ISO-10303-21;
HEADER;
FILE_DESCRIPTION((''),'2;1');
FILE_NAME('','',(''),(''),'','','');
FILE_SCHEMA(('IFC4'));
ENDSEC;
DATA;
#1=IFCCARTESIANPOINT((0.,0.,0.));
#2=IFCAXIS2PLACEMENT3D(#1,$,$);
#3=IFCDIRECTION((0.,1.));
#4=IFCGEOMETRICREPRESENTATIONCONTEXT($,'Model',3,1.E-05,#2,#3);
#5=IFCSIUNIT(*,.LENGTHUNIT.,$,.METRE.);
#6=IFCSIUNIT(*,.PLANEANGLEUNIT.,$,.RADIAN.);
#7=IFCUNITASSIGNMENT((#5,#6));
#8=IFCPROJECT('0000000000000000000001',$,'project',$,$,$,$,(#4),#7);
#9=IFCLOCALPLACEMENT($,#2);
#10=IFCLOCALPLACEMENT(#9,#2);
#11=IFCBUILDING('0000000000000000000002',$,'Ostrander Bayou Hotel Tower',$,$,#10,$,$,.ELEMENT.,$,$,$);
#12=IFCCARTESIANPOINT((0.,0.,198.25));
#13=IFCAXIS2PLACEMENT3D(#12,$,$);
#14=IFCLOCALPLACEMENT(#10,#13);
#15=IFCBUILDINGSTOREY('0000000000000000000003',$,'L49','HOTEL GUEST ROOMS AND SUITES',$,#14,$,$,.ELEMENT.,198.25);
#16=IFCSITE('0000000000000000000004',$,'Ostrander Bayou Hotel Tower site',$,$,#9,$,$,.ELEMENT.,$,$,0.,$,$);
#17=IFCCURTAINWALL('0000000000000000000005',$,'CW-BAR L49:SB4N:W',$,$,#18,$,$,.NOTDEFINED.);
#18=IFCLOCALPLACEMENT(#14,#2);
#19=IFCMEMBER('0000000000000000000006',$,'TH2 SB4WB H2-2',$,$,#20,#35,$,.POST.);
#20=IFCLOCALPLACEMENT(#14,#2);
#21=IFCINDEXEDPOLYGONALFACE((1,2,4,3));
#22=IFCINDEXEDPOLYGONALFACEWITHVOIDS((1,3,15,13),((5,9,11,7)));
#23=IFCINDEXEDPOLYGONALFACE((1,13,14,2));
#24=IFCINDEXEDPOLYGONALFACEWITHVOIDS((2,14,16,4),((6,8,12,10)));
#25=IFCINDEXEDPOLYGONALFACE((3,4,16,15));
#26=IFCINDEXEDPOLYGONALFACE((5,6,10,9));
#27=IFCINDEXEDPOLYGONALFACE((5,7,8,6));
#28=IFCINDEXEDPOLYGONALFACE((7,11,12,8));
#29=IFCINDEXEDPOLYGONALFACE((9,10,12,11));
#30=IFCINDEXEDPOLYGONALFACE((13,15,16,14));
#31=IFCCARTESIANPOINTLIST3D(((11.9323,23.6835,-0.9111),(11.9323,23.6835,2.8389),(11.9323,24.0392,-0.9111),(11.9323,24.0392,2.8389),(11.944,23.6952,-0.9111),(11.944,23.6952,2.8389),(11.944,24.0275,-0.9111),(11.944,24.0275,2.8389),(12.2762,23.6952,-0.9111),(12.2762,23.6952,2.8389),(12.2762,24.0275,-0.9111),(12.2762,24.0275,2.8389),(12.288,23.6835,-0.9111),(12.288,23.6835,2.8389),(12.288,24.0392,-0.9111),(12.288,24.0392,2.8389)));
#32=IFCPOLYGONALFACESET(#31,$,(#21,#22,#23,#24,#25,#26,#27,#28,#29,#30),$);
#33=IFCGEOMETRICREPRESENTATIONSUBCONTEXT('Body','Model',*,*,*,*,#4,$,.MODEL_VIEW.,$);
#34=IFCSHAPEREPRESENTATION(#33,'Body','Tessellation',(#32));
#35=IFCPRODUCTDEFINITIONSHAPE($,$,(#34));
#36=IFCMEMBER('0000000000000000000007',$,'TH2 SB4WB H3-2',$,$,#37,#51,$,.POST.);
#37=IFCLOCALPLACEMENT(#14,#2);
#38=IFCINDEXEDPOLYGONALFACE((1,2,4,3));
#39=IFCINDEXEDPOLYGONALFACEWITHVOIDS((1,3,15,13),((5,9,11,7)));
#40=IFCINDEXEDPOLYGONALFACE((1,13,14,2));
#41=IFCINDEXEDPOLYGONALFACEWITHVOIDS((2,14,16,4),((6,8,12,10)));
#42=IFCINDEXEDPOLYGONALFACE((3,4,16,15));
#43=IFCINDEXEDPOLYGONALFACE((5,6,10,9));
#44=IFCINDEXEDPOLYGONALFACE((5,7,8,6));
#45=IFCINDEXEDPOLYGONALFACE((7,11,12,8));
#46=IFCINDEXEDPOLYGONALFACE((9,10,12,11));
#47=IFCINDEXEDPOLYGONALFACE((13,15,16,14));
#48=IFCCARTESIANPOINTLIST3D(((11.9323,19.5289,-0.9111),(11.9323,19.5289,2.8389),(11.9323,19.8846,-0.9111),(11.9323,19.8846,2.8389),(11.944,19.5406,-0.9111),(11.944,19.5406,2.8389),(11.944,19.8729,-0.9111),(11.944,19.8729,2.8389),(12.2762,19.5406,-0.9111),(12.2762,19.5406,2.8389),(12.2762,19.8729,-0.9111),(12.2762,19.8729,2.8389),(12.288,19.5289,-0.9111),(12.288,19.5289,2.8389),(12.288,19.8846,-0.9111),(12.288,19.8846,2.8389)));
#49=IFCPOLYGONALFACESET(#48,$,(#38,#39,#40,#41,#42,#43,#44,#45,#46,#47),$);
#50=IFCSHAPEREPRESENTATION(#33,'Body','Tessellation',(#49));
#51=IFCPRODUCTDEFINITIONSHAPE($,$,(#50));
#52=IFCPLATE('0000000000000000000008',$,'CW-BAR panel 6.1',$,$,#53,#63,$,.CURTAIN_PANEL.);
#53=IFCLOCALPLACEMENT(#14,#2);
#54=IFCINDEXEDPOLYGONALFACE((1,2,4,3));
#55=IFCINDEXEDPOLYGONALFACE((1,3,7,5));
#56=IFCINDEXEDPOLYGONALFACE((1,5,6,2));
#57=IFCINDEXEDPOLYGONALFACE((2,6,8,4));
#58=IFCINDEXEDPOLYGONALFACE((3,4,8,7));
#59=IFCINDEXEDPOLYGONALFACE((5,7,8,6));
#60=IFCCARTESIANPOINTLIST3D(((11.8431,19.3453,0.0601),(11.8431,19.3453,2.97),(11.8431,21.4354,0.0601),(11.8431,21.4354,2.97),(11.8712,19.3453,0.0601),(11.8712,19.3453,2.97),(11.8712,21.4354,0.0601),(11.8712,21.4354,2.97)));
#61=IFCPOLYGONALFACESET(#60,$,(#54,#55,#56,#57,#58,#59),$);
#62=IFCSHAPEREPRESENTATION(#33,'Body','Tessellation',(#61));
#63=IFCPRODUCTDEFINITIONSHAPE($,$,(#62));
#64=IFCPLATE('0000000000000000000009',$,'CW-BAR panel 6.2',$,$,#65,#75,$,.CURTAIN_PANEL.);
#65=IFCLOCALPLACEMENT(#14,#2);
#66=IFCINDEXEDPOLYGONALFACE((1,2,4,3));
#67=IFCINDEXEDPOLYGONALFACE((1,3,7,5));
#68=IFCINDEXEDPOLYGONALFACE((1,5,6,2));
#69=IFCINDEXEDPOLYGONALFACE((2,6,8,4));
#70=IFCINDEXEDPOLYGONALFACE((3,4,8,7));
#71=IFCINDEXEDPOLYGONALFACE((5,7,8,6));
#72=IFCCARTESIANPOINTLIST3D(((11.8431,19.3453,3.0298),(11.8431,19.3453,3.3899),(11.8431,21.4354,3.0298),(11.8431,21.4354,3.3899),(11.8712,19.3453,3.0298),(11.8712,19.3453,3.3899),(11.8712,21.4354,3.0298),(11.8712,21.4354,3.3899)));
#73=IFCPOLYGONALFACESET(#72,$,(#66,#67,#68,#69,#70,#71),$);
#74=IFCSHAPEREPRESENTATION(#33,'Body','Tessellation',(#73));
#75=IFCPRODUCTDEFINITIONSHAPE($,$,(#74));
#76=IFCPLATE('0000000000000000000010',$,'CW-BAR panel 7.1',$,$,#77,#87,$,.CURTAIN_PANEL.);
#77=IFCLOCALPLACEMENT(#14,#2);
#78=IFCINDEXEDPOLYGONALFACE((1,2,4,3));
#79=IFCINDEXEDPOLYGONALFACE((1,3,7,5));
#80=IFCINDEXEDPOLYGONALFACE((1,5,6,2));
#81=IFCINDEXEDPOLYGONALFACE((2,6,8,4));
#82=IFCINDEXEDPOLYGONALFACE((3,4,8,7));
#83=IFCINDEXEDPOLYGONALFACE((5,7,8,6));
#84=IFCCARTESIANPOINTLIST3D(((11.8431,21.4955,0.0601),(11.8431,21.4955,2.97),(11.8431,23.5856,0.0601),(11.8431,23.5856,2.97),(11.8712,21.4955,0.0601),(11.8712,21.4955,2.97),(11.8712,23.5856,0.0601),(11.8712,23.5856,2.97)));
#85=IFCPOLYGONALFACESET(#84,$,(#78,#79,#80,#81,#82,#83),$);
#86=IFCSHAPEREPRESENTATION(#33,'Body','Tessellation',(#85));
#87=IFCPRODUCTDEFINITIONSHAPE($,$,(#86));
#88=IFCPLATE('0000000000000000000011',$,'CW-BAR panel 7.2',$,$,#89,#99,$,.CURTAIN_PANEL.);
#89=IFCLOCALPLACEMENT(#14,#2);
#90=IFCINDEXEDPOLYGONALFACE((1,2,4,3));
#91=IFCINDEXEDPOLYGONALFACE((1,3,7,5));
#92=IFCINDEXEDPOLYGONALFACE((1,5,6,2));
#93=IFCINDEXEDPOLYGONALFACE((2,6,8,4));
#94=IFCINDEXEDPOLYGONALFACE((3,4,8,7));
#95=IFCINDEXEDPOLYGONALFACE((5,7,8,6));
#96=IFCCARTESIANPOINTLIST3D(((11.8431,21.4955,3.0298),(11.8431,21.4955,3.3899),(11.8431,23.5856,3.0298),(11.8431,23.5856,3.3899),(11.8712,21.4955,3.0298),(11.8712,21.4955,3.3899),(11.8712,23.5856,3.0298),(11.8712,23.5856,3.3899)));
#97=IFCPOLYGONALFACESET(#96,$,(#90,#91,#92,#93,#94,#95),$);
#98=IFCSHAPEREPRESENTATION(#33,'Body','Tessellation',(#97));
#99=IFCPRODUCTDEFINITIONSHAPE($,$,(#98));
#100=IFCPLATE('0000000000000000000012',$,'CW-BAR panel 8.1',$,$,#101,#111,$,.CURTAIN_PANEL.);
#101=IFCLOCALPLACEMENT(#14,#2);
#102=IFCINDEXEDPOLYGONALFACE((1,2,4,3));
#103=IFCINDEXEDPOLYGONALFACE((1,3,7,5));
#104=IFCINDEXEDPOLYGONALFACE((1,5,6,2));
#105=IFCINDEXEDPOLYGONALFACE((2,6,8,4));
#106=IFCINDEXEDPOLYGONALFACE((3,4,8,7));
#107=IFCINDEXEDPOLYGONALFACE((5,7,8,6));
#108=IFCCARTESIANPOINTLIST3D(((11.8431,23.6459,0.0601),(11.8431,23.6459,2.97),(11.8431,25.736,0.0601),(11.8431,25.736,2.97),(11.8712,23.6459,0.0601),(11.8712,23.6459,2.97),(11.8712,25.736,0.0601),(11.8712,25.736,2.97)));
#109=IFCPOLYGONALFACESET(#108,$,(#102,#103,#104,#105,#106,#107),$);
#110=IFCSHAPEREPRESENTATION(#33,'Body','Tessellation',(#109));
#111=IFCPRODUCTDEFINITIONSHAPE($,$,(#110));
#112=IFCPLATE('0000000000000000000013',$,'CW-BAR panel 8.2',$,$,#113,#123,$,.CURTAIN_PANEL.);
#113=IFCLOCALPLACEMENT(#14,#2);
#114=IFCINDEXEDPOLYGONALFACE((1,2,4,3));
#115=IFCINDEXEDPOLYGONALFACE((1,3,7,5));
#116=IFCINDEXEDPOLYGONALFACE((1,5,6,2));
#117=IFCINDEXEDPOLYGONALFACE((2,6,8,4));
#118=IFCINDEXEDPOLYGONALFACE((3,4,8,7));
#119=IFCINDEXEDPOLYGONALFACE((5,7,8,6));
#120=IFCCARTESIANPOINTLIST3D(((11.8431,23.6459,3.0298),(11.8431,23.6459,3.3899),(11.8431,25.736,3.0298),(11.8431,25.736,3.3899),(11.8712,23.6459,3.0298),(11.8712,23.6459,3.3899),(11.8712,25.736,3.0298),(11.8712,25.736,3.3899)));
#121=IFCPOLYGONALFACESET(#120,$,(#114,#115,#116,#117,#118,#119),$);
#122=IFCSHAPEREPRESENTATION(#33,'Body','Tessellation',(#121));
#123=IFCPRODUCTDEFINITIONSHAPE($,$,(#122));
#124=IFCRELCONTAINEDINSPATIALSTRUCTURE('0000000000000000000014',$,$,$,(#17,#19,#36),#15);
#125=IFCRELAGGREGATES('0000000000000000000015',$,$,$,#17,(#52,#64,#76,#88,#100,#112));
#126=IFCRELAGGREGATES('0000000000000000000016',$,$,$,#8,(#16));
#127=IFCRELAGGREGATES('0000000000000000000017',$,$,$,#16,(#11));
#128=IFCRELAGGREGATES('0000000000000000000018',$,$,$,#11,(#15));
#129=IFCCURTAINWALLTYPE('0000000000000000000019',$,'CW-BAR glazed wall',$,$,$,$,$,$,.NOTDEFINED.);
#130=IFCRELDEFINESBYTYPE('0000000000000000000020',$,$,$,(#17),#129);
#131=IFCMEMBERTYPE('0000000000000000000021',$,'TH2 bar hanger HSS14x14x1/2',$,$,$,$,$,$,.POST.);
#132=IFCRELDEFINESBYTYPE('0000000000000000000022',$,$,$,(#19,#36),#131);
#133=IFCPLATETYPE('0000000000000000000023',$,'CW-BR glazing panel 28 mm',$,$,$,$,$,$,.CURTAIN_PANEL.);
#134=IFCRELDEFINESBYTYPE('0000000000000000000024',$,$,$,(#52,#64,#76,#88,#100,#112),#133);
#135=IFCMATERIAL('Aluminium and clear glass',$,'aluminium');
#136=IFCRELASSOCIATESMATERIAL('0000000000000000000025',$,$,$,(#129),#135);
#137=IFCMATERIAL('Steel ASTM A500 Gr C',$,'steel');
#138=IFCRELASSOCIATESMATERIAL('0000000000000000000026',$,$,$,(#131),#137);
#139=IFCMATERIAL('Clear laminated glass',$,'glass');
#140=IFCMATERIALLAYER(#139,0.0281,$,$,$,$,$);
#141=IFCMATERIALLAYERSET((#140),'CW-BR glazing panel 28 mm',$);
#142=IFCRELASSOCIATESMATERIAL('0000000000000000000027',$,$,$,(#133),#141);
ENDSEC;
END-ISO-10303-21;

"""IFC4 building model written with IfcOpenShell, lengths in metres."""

from ifc_helpers import new_model, si_unit, direction, frame, origin, origin_2d, place, context, subcontext, project, spatial, rectangle, hollow_rectangle, extrude, material, layer, layer_set, material_profile, profile_set, type_object, element, aggregate, save


model = new_model("IFC4")

# Units and contexts
model_context = context("Model", 3, precision=1e-05, world=origin(), true_north=direction((0.0, 1.0)))
body_context = subcontext(model_context, "Body", "Model", "MODEL_VIEW")
ifc_project = project(units=[si_unit("LENGTHUNIT", "METRE"), si_unit("PLANEANGLEUNIT", "RADIAN")], contexts=[model_context])

# Site, building, storey
site_placement = place(None, origin())
site = spatial("IfcSite", under=ifc_project, at=site_placement, Name="Ostrander Bayou Hotel Tower site", CompositionType="ELEMENT", RefElevation=0.0)
building_placement = place(site_placement, origin())
building = spatial("IfcBuilding", under=site, at=building_placement, Name="Ostrander Bayou Hotel Tower", CompositionType="ELEMENT")
storey_placement = place(building_placement, frame((0.0, 0.0, 198.25)))
storey = spatial("IfcBuildingStorey", under=building, at=storey_placement, Name="L49", Description="HOTEL GUEST ROOMS AND SUITES", CompositionType="ELEMENT", Elevation=198.25)

# Curtain wall
ifc_material_1 = material(Name="Aluminium and clear glass", Category="aluminium")
curtain_wall_type = type_object("IfcCurtainWallType", Name="CW-BAR glazed wall", PredefinedType="NOTDEFINED", material=ifc_material_1)
curtain_wall_placement = place(storey_placement, origin())
curtain_wall = element("IfcCurtainWall", 1, at=curtain_wall_placement, inside=storey, type_object=curtain_wall_type, Name="CW-BAR L49:SB4N:W", PredefinedType="NOTDEFINED")

# Members
ifc_material_2 = material(Name="Steel ASTM A500 Gr C", Category="steel")
ifc_material_profile_1 = material_profile(ifc_material_2, hollow_rectangle(XDim=0.3557, YDim=0.3557, WallThickness=0.0117, at=origin_2d()))
ifc_profile_set_1 = profile_set([ifc_material_profile_1], Name="Steel ASTM A500 Gr C")
member_type_1 = type_object("IfcMemberType", Name="TH2 bar hanger HSS14x14x1/2", PredefinedType="POST", material=ifc_profile_set_1)
for number, where, z_axis, x_axis, name in (
    (2, (12.1101, 23.8613, -0.9111), (0.0, 0.0, 1.0), (1.0, 0.0, 0.0), "TH2 SB4WB H2-2"),
    (3, (12.1101, 19.7068, -0.9111), (0.0, 0.0, 1.0), (1.0, 0.0, 0.0), "TH2 SB4WB H3-2"),
):
    element("IfcMember", number, at=place(storey_placement, frame(where, z_axis=z_axis, x_axis=x_axis)), inside=storey, type_object=member_type_1, Name=name, PredefinedType="POST", context=body_context, shape_type="SweptSolid", body=[
        extrude(hollow_rectangle(XDim=0.3557, YDim=0.3557, WallThickness=0.0117, at=origin_2d()), origin(), (0.0, 0.0, 1.0), 3.75),
    ])

# Plates
ifc_material_3 = material(Name="Clear laminated glass", Category="glass")
ifc_layer_1 = layer(ifc_material_3, 0.0281)
ifc_layer_set_1 = layer_set([ifc_layer_1], Name="CW-BR glazing panel 28 mm")
plate_type = type_object("IfcPlateType", Name="CW-BR glazing panel 28 mm", PredefinedType="CURTAIN_PANEL", material=ifc_layer_set_1)
plate_1_placement = place(storey_placement, frame((11.8572, 20.3904, 0.0601), z_axis=(0.0, 0.0, 1.0), x_axis=(0.0, 1.0, 0.0)))
plate_1 = element("IfcPlate", 4, at=plate_1_placement, type_object=plate_type, Name="CW-BAR panel 6.1", PredefinedType="CURTAIN_PANEL", context=body_context, shape_type="SweptSolid", body=[
    extrude(rectangle(XDim=2.0901, YDim=0.0281, at=origin_2d()), origin(), (0.0, 0.0, 1.0), 2.9099),
])
plate_2_placement = place(storey_placement, frame((11.8572, 20.3904, 3.0298), z_axis=(0.0, 0.0, 1.0), x_axis=(0.0, 1.0, 0.0)))
plate_2 = element("IfcPlate", 5, at=plate_2_placement, type_object=plate_type, Name="CW-BAR panel 6.2", PredefinedType="CURTAIN_PANEL", context=body_context, shape_type="SweptSolid", body=[
    extrude(rectangle(XDim=2.0901, YDim=0.0281, at=origin_2d()), origin(), (0.0, 0.0, 1.0), 0.3601),
])
plate_3_placement = place(storey_placement, frame((11.8572, 22.5405, 0.0601), z_axis=(0.0, 0.0, 1.0), x_axis=(0.0, 1.0, 0.0)))
plate_3 = element("IfcPlate", 6, at=plate_3_placement, type_object=plate_type, Name="CW-BAR panel 7.1", PredefinedType="CURTAIN_PANEL", context=body_context, shape_type="SweptSolid", body=[
    extrude(rectangle(XDim=2.0901, YDim=0.0281, at=origin_2d()), origin(), (0.0, 0.0, 1.0), 2.9099),
])
plate_4_placement = place(storey_placement, frame((11.8572, 22.5405, 3.0298), z_axis=(0.0, 0.0, 1.0), x_axis=(0.0, 1.0, 0.0)))
plate_4 = element("IfcPlate", 7, at=plate_4_placement, type_object=plate_type, Name="CW-BAR panel 7.2", PredefinedType="CURTAIN_PANEL", context=body_context, shape_type="SweptSolid", body=[
    extrude(rectangle(XDim=2.0901, YDim=0.0281, at=origin_2d()), origin(), (0.0, 0.0, 1.0), 0.3601),
])
plate_5_placement = place(storey_placement, frame((11.8572, 24.6909, 0.0601), z_axis=(0.0, 0.0, 1.0), x_axis=(0.0, 1.0, 0.0)))
plate_5 = element("IfcPlate", 8, at=plate_5_placement, type_object=plate_type, Name="CW-BAR panel 8.1", PredefinedType="CURTAIN_PANEL", context=body_context, shape_type="SweptSolid", body=[
    extrude(rectangle(XDim=2.0901, YDim=0.0281, at=origin_2d()), origin(), (0.0, 0.0, 1.0), 2.9099),
])
plate_6_placement = place(storey_placement, frame((11.8572, 24.6909, 3.0298), z_axis=(0.0, 0.0, 1.0), x_axis=(0.0, 1.0, 0.0)))
plate_6 = element("IfcPlate", 9, at=plate_6_placement, type_object=plate_type, Name="CW-BAR panel 8.2", PredefinedType="CURTAIN_PANEL", context=body_context, shape_type="SweptSolid", body=[
    extrude(rectangle(XDim=2.0901, YDim=0.0281, at=origin_2d()), origin(), (0.0, 0.0, 1.0), 0.3601),
])
aggregate(curtain_wall, [plate_1, plate_2, plate_3, plate_4, plate_5, plate_6])

save(model, "model.ifc")
